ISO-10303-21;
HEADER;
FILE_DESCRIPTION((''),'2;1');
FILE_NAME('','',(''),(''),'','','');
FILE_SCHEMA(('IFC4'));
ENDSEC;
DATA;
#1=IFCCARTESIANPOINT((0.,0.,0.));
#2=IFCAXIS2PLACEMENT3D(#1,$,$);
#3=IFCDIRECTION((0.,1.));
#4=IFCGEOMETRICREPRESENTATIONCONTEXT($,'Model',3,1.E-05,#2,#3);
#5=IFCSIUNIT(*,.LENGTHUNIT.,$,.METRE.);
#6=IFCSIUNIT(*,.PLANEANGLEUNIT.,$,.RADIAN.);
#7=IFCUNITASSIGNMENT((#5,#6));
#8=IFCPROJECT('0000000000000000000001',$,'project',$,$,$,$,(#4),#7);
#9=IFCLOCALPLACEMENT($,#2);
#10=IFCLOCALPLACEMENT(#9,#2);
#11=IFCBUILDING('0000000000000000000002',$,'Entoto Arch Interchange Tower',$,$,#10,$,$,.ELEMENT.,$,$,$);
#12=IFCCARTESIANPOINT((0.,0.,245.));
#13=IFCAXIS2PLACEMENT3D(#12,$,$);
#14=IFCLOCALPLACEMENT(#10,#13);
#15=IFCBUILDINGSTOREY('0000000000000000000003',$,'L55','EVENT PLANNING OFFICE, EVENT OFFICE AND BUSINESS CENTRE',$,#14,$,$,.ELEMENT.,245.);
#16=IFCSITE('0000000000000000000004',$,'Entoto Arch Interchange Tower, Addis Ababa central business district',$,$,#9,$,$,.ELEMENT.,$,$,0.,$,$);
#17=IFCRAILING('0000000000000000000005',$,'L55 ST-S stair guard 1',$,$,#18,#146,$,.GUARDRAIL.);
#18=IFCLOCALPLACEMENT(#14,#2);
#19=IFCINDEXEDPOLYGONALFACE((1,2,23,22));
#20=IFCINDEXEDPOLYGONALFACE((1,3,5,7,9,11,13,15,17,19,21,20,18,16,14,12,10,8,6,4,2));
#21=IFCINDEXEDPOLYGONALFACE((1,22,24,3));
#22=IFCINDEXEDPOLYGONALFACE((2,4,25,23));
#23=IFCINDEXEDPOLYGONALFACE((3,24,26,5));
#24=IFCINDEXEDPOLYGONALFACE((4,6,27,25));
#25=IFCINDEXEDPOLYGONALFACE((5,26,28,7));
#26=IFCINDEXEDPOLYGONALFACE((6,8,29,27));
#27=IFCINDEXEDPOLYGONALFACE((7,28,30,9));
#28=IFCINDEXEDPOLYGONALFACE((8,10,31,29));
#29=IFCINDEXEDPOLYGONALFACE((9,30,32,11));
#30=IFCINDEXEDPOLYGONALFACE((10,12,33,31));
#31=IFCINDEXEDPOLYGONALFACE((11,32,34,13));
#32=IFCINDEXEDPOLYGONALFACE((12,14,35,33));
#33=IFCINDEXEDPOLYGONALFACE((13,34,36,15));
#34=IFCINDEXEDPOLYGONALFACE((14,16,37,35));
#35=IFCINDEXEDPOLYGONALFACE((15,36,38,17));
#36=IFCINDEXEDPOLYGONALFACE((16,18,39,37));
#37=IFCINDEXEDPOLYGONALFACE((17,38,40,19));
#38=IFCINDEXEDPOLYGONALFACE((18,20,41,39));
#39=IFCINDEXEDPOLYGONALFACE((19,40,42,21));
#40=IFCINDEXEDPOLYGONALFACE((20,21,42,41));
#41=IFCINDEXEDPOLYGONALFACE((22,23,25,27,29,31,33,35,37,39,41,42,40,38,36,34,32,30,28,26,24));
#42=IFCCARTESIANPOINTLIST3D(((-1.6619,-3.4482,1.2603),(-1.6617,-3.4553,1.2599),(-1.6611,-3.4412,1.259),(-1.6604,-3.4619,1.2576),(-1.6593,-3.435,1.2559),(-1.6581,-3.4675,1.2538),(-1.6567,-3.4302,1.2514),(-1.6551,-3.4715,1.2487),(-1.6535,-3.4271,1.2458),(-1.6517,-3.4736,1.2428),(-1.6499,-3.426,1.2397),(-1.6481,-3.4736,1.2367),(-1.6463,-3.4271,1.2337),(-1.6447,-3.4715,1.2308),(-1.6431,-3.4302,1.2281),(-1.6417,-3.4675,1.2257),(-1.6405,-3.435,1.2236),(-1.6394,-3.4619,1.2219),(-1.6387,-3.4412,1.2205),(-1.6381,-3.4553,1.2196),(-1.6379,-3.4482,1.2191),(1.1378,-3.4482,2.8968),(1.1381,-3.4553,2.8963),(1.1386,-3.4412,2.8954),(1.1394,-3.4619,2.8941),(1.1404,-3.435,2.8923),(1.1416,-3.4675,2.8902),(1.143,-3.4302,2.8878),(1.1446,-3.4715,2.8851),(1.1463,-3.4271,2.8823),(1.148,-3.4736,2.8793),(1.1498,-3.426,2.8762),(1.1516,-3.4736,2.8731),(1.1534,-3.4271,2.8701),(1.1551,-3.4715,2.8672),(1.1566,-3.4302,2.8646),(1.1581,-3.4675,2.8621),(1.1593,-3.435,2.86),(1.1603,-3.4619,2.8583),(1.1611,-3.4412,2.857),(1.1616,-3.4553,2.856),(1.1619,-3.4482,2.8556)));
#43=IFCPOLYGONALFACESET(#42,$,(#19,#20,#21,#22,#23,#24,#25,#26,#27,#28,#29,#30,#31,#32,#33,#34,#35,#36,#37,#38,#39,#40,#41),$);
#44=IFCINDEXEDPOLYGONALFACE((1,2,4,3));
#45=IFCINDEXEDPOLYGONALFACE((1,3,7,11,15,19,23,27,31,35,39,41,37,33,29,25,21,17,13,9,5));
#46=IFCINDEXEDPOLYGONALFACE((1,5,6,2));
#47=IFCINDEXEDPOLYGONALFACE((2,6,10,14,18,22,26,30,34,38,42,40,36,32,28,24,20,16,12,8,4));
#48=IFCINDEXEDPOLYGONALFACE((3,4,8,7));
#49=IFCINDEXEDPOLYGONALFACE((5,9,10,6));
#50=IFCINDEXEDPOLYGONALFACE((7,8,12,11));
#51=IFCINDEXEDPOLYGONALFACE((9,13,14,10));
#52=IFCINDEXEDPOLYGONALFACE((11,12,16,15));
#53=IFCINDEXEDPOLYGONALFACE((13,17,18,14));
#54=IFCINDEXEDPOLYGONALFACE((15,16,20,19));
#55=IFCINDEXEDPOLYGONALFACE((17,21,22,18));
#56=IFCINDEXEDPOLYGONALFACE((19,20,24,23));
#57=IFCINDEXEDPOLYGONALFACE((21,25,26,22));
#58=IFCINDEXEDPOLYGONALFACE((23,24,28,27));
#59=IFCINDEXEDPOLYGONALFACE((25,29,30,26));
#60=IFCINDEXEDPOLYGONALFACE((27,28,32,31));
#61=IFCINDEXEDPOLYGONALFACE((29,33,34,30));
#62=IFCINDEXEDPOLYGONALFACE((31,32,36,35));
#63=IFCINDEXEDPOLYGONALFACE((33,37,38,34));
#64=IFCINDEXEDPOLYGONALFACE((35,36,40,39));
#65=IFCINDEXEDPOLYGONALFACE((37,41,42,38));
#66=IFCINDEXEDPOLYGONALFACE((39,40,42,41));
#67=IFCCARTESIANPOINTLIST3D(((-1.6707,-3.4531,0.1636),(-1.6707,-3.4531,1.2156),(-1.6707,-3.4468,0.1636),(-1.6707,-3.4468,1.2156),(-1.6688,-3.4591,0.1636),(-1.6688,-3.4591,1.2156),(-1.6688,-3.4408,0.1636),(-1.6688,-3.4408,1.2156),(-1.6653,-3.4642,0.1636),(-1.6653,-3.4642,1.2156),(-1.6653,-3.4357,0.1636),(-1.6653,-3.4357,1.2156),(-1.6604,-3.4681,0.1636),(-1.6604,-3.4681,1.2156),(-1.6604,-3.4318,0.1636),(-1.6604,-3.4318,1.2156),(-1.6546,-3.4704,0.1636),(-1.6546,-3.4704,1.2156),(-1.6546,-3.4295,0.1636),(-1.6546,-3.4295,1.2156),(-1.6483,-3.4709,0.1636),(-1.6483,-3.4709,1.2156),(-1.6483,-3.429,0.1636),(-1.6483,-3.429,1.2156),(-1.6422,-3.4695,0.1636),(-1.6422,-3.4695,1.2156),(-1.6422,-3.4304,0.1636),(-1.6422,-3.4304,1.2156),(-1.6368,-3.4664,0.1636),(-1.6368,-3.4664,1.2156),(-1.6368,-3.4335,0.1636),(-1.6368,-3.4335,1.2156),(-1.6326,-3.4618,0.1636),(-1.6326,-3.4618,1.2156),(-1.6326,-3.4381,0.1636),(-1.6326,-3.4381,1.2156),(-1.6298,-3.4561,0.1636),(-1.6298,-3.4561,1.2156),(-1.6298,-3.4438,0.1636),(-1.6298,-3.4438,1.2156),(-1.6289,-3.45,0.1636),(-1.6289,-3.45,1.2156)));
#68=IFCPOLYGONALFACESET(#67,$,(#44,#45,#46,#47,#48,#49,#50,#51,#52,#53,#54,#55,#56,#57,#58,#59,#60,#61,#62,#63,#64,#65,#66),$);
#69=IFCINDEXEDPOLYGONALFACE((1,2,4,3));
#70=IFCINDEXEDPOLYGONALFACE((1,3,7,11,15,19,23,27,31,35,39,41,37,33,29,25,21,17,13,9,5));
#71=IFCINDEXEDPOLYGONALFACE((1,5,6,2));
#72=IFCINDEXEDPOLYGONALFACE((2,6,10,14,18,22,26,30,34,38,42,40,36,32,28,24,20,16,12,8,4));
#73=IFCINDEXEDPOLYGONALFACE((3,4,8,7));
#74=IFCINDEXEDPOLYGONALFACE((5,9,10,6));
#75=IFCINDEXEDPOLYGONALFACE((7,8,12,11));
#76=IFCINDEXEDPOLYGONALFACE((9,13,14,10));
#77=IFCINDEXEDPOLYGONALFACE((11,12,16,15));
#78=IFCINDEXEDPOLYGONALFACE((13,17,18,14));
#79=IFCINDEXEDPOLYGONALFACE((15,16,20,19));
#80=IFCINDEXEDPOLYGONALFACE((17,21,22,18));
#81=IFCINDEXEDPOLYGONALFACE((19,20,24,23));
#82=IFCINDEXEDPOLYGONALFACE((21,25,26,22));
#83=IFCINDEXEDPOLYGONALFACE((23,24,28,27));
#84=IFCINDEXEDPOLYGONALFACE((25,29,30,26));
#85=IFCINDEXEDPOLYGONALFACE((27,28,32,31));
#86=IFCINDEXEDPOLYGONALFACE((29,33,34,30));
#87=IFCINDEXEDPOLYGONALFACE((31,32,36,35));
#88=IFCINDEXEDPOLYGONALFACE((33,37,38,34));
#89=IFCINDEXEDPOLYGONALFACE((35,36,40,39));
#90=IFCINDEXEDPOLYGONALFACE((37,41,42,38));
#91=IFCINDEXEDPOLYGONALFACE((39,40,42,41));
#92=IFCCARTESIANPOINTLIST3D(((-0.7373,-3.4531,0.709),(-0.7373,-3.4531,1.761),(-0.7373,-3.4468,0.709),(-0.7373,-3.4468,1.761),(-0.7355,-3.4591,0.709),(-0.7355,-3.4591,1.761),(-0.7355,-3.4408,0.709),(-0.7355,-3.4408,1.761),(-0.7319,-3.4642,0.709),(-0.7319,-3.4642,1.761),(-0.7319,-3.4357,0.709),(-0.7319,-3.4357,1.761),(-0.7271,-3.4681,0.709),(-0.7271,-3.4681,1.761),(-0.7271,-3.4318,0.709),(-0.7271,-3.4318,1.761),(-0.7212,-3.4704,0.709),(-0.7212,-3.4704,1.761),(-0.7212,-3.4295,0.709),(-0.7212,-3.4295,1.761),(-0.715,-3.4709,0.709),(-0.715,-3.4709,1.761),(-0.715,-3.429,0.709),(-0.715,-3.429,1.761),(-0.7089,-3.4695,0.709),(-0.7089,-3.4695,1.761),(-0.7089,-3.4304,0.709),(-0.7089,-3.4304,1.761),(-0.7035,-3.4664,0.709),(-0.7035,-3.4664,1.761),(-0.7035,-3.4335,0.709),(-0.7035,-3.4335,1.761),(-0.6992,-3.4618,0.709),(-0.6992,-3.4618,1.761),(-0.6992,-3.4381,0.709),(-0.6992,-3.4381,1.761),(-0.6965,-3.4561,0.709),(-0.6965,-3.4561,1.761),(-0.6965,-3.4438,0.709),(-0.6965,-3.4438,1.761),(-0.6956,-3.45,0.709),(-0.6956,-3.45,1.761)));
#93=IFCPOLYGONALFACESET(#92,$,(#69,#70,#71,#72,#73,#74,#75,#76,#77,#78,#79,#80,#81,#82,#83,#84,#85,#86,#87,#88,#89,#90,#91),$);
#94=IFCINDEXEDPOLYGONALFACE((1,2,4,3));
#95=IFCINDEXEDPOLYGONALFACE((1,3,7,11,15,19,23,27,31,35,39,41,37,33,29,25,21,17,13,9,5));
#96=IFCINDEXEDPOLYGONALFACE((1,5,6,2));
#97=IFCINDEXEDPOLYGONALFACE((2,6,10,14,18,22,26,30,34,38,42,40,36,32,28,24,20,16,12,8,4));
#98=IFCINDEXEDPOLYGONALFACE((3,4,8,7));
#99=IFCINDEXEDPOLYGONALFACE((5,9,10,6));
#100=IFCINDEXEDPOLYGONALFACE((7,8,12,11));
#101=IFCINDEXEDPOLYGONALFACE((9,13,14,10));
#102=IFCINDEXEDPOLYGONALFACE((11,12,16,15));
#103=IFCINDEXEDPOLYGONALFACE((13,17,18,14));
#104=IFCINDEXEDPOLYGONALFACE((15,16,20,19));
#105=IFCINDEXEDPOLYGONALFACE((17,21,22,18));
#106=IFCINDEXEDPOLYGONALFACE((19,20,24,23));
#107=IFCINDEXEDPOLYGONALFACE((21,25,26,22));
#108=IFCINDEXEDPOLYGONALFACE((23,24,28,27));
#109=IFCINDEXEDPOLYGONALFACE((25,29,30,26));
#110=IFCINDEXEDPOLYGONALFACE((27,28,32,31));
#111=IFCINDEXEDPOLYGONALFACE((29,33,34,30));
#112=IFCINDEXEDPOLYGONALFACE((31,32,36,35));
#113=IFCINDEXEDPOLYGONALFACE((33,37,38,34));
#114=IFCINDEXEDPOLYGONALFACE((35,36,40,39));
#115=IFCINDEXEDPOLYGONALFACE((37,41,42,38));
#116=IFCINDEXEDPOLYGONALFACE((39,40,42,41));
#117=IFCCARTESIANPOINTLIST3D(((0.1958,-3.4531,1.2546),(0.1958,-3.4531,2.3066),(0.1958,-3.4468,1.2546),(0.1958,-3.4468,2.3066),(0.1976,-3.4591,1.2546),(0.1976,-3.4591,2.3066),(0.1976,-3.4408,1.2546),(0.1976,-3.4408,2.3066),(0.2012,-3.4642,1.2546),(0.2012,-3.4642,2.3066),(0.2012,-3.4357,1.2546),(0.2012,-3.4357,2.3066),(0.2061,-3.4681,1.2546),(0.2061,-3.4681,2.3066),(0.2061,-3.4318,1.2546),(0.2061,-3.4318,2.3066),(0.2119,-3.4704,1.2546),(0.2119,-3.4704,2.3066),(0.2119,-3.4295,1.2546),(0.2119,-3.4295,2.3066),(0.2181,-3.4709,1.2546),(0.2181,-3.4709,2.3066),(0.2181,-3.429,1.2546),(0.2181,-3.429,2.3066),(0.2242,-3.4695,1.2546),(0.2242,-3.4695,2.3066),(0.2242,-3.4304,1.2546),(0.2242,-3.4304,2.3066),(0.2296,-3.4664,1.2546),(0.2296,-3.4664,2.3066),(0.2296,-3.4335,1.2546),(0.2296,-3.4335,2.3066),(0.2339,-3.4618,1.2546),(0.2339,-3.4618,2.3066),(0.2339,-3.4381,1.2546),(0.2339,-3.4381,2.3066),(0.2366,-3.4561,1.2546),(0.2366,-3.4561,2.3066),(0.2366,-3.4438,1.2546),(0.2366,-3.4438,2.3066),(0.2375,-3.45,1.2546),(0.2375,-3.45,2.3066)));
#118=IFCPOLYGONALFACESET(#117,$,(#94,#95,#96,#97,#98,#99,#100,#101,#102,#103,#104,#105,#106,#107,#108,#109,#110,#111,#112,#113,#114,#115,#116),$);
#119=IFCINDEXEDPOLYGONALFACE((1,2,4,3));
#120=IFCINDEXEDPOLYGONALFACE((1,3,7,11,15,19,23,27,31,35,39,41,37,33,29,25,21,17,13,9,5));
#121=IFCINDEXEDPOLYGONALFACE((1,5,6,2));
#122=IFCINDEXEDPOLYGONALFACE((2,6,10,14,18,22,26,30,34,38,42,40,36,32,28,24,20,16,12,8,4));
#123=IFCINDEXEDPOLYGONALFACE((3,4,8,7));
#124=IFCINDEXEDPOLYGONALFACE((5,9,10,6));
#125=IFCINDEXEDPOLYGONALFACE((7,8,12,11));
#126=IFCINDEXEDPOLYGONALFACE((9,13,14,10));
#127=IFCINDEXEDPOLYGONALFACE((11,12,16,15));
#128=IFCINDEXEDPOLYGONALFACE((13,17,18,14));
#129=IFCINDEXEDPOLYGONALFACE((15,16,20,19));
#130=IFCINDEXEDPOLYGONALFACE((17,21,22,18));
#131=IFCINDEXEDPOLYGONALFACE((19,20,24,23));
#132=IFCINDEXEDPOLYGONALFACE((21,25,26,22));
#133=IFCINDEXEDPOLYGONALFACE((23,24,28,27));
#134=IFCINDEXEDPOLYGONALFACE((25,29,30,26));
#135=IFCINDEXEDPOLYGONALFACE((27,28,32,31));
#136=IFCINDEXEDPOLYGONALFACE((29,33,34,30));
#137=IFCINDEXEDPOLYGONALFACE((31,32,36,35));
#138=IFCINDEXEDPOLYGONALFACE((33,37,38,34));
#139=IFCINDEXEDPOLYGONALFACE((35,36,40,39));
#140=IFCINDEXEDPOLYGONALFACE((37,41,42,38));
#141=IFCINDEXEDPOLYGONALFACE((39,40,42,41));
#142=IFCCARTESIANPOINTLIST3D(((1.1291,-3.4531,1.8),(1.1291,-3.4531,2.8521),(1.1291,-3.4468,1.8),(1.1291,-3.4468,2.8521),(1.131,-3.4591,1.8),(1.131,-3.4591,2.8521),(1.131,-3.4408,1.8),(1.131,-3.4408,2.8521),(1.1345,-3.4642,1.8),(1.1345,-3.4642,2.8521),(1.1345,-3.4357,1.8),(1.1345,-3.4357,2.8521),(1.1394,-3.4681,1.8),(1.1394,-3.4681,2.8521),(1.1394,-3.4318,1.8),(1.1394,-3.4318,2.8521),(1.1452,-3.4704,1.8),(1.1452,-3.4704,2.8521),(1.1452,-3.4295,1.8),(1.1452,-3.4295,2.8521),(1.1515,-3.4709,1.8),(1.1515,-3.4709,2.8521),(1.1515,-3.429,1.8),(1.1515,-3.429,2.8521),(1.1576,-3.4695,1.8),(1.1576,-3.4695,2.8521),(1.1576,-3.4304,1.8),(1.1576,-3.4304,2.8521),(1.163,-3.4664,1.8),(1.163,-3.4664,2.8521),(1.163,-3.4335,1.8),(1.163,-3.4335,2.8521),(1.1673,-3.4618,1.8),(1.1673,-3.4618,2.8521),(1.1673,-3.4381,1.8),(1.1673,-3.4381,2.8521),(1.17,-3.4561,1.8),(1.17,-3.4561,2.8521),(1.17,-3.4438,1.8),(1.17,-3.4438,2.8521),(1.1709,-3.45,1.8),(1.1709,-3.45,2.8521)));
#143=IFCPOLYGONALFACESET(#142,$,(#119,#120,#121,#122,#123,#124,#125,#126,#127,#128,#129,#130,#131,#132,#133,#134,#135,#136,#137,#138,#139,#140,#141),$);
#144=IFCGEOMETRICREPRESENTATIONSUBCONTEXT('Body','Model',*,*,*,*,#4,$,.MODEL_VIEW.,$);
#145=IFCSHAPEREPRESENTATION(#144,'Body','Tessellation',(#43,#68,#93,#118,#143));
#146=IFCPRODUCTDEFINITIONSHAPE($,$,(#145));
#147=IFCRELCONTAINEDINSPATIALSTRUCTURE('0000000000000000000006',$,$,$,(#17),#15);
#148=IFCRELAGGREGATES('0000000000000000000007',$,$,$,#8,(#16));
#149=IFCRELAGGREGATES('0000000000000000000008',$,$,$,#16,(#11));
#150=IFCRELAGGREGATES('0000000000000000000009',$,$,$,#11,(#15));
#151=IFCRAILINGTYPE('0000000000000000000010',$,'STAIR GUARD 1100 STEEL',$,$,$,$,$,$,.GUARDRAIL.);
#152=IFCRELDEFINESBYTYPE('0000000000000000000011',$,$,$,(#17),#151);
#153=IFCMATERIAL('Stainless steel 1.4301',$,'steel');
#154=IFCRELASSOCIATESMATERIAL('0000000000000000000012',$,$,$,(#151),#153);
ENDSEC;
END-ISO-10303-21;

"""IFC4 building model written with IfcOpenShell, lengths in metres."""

from ifc_helpers import new_model, si_unit, direction, frame, origin, origin_2d, place, context, subcontext, project, spatial, circle, extrude, material, type_object, element, save


model = new_model("IFC4")

# Units and contexts
model_context = context("Model", 3, precision=1e-05, world=origin(), true_north=direction((0.0, 1.0)))
body_context = subcontext(model_context, "Body", "Model", "MODEL_VIEW")
ifc_project = project(units=[si_unit("LENGTHUNIT", "METRE"), si_unit("PLANEANGLEUNIT", "RADIAN")], contexts=[model_context])

# Site, building, storey
site_placement = place(None, origin())
site = spatial("IfcSite", under=ifc_project, at=site_placement, Name="Entoto Arch Interchange Tower, Addis Ababa central business district", CompositionType="ELEMENT", RefElevation=0.0)
building_placement = place(site_placement, origin())
building = spatial("IfcBuilding", under=site, at=building_placement, Name="Entoto Arch Interchange Tower", CompositionType="ELEMENT")
storey_placement = place(building_placement, frame((0.0, 0.0, 245.0)))
storey = spatial("IfcBuildingStorey", under=building, at=storey_placement, Name="L55", Description="EVENT PLANNING OFFICE, EVENT OFFICE AND BUSINESS CENTRE", CompositionType="ELEMENT", Elevation=245.0)

# Railing
ifc_material_1 = material(Name="Stainless steel 1.4301", Category="steel")
railing_type_1 = type_object("IfcRailingType", Name="STAIR GUARD 1100 STEEL", PredefinedType="GUARDRAIL", material=ifc_material_1)
railing_1_placement = place(storey_placement, frame((-1.6499, -3.45, 0.1636)))
element("IfcRailing", 1, at=railing_1_placement, inside=storey, type_object=railing_type_1, Name="L55 ST-S stair guard 1", PredefinedType="GUARDRAIL", context=body_context, shape_type="SweptSolid", body=[
    extrude(circle(Radius=0.0239, at=origin_2d()), frame((0.0, 0.0, 1.0762), z_axis=(0.863342, 0.0, 0.50462), x_axis=(0.0, 1.0, 0.0)), (0.0, 0.0, 1.0), 3.2429),
    extrude(circle(Radius=0.021, at=origin_2d()), origin(), (0.0, 0.0, 1.0), 1.052),
    extrude(circle(Radius=0.021, at=origin_2d()), frame((0.9333, 0.0, 0.5454)), (0.0, 0.0, 1.0), 1.052),
    extrude(circle(Radius=0.021, at=origin_2d()), frame((1.8665, 0.0, 1.0911)), (0.0, 0.0, 1.0), 1.052),
    extrude(circle(Radius=0.021, at=origin_2d()), frame((2.7998, 0.0, 1.6365)), (0.0, 0.0, 1.0), 1.052),
])

save(model, "model.ifc")
